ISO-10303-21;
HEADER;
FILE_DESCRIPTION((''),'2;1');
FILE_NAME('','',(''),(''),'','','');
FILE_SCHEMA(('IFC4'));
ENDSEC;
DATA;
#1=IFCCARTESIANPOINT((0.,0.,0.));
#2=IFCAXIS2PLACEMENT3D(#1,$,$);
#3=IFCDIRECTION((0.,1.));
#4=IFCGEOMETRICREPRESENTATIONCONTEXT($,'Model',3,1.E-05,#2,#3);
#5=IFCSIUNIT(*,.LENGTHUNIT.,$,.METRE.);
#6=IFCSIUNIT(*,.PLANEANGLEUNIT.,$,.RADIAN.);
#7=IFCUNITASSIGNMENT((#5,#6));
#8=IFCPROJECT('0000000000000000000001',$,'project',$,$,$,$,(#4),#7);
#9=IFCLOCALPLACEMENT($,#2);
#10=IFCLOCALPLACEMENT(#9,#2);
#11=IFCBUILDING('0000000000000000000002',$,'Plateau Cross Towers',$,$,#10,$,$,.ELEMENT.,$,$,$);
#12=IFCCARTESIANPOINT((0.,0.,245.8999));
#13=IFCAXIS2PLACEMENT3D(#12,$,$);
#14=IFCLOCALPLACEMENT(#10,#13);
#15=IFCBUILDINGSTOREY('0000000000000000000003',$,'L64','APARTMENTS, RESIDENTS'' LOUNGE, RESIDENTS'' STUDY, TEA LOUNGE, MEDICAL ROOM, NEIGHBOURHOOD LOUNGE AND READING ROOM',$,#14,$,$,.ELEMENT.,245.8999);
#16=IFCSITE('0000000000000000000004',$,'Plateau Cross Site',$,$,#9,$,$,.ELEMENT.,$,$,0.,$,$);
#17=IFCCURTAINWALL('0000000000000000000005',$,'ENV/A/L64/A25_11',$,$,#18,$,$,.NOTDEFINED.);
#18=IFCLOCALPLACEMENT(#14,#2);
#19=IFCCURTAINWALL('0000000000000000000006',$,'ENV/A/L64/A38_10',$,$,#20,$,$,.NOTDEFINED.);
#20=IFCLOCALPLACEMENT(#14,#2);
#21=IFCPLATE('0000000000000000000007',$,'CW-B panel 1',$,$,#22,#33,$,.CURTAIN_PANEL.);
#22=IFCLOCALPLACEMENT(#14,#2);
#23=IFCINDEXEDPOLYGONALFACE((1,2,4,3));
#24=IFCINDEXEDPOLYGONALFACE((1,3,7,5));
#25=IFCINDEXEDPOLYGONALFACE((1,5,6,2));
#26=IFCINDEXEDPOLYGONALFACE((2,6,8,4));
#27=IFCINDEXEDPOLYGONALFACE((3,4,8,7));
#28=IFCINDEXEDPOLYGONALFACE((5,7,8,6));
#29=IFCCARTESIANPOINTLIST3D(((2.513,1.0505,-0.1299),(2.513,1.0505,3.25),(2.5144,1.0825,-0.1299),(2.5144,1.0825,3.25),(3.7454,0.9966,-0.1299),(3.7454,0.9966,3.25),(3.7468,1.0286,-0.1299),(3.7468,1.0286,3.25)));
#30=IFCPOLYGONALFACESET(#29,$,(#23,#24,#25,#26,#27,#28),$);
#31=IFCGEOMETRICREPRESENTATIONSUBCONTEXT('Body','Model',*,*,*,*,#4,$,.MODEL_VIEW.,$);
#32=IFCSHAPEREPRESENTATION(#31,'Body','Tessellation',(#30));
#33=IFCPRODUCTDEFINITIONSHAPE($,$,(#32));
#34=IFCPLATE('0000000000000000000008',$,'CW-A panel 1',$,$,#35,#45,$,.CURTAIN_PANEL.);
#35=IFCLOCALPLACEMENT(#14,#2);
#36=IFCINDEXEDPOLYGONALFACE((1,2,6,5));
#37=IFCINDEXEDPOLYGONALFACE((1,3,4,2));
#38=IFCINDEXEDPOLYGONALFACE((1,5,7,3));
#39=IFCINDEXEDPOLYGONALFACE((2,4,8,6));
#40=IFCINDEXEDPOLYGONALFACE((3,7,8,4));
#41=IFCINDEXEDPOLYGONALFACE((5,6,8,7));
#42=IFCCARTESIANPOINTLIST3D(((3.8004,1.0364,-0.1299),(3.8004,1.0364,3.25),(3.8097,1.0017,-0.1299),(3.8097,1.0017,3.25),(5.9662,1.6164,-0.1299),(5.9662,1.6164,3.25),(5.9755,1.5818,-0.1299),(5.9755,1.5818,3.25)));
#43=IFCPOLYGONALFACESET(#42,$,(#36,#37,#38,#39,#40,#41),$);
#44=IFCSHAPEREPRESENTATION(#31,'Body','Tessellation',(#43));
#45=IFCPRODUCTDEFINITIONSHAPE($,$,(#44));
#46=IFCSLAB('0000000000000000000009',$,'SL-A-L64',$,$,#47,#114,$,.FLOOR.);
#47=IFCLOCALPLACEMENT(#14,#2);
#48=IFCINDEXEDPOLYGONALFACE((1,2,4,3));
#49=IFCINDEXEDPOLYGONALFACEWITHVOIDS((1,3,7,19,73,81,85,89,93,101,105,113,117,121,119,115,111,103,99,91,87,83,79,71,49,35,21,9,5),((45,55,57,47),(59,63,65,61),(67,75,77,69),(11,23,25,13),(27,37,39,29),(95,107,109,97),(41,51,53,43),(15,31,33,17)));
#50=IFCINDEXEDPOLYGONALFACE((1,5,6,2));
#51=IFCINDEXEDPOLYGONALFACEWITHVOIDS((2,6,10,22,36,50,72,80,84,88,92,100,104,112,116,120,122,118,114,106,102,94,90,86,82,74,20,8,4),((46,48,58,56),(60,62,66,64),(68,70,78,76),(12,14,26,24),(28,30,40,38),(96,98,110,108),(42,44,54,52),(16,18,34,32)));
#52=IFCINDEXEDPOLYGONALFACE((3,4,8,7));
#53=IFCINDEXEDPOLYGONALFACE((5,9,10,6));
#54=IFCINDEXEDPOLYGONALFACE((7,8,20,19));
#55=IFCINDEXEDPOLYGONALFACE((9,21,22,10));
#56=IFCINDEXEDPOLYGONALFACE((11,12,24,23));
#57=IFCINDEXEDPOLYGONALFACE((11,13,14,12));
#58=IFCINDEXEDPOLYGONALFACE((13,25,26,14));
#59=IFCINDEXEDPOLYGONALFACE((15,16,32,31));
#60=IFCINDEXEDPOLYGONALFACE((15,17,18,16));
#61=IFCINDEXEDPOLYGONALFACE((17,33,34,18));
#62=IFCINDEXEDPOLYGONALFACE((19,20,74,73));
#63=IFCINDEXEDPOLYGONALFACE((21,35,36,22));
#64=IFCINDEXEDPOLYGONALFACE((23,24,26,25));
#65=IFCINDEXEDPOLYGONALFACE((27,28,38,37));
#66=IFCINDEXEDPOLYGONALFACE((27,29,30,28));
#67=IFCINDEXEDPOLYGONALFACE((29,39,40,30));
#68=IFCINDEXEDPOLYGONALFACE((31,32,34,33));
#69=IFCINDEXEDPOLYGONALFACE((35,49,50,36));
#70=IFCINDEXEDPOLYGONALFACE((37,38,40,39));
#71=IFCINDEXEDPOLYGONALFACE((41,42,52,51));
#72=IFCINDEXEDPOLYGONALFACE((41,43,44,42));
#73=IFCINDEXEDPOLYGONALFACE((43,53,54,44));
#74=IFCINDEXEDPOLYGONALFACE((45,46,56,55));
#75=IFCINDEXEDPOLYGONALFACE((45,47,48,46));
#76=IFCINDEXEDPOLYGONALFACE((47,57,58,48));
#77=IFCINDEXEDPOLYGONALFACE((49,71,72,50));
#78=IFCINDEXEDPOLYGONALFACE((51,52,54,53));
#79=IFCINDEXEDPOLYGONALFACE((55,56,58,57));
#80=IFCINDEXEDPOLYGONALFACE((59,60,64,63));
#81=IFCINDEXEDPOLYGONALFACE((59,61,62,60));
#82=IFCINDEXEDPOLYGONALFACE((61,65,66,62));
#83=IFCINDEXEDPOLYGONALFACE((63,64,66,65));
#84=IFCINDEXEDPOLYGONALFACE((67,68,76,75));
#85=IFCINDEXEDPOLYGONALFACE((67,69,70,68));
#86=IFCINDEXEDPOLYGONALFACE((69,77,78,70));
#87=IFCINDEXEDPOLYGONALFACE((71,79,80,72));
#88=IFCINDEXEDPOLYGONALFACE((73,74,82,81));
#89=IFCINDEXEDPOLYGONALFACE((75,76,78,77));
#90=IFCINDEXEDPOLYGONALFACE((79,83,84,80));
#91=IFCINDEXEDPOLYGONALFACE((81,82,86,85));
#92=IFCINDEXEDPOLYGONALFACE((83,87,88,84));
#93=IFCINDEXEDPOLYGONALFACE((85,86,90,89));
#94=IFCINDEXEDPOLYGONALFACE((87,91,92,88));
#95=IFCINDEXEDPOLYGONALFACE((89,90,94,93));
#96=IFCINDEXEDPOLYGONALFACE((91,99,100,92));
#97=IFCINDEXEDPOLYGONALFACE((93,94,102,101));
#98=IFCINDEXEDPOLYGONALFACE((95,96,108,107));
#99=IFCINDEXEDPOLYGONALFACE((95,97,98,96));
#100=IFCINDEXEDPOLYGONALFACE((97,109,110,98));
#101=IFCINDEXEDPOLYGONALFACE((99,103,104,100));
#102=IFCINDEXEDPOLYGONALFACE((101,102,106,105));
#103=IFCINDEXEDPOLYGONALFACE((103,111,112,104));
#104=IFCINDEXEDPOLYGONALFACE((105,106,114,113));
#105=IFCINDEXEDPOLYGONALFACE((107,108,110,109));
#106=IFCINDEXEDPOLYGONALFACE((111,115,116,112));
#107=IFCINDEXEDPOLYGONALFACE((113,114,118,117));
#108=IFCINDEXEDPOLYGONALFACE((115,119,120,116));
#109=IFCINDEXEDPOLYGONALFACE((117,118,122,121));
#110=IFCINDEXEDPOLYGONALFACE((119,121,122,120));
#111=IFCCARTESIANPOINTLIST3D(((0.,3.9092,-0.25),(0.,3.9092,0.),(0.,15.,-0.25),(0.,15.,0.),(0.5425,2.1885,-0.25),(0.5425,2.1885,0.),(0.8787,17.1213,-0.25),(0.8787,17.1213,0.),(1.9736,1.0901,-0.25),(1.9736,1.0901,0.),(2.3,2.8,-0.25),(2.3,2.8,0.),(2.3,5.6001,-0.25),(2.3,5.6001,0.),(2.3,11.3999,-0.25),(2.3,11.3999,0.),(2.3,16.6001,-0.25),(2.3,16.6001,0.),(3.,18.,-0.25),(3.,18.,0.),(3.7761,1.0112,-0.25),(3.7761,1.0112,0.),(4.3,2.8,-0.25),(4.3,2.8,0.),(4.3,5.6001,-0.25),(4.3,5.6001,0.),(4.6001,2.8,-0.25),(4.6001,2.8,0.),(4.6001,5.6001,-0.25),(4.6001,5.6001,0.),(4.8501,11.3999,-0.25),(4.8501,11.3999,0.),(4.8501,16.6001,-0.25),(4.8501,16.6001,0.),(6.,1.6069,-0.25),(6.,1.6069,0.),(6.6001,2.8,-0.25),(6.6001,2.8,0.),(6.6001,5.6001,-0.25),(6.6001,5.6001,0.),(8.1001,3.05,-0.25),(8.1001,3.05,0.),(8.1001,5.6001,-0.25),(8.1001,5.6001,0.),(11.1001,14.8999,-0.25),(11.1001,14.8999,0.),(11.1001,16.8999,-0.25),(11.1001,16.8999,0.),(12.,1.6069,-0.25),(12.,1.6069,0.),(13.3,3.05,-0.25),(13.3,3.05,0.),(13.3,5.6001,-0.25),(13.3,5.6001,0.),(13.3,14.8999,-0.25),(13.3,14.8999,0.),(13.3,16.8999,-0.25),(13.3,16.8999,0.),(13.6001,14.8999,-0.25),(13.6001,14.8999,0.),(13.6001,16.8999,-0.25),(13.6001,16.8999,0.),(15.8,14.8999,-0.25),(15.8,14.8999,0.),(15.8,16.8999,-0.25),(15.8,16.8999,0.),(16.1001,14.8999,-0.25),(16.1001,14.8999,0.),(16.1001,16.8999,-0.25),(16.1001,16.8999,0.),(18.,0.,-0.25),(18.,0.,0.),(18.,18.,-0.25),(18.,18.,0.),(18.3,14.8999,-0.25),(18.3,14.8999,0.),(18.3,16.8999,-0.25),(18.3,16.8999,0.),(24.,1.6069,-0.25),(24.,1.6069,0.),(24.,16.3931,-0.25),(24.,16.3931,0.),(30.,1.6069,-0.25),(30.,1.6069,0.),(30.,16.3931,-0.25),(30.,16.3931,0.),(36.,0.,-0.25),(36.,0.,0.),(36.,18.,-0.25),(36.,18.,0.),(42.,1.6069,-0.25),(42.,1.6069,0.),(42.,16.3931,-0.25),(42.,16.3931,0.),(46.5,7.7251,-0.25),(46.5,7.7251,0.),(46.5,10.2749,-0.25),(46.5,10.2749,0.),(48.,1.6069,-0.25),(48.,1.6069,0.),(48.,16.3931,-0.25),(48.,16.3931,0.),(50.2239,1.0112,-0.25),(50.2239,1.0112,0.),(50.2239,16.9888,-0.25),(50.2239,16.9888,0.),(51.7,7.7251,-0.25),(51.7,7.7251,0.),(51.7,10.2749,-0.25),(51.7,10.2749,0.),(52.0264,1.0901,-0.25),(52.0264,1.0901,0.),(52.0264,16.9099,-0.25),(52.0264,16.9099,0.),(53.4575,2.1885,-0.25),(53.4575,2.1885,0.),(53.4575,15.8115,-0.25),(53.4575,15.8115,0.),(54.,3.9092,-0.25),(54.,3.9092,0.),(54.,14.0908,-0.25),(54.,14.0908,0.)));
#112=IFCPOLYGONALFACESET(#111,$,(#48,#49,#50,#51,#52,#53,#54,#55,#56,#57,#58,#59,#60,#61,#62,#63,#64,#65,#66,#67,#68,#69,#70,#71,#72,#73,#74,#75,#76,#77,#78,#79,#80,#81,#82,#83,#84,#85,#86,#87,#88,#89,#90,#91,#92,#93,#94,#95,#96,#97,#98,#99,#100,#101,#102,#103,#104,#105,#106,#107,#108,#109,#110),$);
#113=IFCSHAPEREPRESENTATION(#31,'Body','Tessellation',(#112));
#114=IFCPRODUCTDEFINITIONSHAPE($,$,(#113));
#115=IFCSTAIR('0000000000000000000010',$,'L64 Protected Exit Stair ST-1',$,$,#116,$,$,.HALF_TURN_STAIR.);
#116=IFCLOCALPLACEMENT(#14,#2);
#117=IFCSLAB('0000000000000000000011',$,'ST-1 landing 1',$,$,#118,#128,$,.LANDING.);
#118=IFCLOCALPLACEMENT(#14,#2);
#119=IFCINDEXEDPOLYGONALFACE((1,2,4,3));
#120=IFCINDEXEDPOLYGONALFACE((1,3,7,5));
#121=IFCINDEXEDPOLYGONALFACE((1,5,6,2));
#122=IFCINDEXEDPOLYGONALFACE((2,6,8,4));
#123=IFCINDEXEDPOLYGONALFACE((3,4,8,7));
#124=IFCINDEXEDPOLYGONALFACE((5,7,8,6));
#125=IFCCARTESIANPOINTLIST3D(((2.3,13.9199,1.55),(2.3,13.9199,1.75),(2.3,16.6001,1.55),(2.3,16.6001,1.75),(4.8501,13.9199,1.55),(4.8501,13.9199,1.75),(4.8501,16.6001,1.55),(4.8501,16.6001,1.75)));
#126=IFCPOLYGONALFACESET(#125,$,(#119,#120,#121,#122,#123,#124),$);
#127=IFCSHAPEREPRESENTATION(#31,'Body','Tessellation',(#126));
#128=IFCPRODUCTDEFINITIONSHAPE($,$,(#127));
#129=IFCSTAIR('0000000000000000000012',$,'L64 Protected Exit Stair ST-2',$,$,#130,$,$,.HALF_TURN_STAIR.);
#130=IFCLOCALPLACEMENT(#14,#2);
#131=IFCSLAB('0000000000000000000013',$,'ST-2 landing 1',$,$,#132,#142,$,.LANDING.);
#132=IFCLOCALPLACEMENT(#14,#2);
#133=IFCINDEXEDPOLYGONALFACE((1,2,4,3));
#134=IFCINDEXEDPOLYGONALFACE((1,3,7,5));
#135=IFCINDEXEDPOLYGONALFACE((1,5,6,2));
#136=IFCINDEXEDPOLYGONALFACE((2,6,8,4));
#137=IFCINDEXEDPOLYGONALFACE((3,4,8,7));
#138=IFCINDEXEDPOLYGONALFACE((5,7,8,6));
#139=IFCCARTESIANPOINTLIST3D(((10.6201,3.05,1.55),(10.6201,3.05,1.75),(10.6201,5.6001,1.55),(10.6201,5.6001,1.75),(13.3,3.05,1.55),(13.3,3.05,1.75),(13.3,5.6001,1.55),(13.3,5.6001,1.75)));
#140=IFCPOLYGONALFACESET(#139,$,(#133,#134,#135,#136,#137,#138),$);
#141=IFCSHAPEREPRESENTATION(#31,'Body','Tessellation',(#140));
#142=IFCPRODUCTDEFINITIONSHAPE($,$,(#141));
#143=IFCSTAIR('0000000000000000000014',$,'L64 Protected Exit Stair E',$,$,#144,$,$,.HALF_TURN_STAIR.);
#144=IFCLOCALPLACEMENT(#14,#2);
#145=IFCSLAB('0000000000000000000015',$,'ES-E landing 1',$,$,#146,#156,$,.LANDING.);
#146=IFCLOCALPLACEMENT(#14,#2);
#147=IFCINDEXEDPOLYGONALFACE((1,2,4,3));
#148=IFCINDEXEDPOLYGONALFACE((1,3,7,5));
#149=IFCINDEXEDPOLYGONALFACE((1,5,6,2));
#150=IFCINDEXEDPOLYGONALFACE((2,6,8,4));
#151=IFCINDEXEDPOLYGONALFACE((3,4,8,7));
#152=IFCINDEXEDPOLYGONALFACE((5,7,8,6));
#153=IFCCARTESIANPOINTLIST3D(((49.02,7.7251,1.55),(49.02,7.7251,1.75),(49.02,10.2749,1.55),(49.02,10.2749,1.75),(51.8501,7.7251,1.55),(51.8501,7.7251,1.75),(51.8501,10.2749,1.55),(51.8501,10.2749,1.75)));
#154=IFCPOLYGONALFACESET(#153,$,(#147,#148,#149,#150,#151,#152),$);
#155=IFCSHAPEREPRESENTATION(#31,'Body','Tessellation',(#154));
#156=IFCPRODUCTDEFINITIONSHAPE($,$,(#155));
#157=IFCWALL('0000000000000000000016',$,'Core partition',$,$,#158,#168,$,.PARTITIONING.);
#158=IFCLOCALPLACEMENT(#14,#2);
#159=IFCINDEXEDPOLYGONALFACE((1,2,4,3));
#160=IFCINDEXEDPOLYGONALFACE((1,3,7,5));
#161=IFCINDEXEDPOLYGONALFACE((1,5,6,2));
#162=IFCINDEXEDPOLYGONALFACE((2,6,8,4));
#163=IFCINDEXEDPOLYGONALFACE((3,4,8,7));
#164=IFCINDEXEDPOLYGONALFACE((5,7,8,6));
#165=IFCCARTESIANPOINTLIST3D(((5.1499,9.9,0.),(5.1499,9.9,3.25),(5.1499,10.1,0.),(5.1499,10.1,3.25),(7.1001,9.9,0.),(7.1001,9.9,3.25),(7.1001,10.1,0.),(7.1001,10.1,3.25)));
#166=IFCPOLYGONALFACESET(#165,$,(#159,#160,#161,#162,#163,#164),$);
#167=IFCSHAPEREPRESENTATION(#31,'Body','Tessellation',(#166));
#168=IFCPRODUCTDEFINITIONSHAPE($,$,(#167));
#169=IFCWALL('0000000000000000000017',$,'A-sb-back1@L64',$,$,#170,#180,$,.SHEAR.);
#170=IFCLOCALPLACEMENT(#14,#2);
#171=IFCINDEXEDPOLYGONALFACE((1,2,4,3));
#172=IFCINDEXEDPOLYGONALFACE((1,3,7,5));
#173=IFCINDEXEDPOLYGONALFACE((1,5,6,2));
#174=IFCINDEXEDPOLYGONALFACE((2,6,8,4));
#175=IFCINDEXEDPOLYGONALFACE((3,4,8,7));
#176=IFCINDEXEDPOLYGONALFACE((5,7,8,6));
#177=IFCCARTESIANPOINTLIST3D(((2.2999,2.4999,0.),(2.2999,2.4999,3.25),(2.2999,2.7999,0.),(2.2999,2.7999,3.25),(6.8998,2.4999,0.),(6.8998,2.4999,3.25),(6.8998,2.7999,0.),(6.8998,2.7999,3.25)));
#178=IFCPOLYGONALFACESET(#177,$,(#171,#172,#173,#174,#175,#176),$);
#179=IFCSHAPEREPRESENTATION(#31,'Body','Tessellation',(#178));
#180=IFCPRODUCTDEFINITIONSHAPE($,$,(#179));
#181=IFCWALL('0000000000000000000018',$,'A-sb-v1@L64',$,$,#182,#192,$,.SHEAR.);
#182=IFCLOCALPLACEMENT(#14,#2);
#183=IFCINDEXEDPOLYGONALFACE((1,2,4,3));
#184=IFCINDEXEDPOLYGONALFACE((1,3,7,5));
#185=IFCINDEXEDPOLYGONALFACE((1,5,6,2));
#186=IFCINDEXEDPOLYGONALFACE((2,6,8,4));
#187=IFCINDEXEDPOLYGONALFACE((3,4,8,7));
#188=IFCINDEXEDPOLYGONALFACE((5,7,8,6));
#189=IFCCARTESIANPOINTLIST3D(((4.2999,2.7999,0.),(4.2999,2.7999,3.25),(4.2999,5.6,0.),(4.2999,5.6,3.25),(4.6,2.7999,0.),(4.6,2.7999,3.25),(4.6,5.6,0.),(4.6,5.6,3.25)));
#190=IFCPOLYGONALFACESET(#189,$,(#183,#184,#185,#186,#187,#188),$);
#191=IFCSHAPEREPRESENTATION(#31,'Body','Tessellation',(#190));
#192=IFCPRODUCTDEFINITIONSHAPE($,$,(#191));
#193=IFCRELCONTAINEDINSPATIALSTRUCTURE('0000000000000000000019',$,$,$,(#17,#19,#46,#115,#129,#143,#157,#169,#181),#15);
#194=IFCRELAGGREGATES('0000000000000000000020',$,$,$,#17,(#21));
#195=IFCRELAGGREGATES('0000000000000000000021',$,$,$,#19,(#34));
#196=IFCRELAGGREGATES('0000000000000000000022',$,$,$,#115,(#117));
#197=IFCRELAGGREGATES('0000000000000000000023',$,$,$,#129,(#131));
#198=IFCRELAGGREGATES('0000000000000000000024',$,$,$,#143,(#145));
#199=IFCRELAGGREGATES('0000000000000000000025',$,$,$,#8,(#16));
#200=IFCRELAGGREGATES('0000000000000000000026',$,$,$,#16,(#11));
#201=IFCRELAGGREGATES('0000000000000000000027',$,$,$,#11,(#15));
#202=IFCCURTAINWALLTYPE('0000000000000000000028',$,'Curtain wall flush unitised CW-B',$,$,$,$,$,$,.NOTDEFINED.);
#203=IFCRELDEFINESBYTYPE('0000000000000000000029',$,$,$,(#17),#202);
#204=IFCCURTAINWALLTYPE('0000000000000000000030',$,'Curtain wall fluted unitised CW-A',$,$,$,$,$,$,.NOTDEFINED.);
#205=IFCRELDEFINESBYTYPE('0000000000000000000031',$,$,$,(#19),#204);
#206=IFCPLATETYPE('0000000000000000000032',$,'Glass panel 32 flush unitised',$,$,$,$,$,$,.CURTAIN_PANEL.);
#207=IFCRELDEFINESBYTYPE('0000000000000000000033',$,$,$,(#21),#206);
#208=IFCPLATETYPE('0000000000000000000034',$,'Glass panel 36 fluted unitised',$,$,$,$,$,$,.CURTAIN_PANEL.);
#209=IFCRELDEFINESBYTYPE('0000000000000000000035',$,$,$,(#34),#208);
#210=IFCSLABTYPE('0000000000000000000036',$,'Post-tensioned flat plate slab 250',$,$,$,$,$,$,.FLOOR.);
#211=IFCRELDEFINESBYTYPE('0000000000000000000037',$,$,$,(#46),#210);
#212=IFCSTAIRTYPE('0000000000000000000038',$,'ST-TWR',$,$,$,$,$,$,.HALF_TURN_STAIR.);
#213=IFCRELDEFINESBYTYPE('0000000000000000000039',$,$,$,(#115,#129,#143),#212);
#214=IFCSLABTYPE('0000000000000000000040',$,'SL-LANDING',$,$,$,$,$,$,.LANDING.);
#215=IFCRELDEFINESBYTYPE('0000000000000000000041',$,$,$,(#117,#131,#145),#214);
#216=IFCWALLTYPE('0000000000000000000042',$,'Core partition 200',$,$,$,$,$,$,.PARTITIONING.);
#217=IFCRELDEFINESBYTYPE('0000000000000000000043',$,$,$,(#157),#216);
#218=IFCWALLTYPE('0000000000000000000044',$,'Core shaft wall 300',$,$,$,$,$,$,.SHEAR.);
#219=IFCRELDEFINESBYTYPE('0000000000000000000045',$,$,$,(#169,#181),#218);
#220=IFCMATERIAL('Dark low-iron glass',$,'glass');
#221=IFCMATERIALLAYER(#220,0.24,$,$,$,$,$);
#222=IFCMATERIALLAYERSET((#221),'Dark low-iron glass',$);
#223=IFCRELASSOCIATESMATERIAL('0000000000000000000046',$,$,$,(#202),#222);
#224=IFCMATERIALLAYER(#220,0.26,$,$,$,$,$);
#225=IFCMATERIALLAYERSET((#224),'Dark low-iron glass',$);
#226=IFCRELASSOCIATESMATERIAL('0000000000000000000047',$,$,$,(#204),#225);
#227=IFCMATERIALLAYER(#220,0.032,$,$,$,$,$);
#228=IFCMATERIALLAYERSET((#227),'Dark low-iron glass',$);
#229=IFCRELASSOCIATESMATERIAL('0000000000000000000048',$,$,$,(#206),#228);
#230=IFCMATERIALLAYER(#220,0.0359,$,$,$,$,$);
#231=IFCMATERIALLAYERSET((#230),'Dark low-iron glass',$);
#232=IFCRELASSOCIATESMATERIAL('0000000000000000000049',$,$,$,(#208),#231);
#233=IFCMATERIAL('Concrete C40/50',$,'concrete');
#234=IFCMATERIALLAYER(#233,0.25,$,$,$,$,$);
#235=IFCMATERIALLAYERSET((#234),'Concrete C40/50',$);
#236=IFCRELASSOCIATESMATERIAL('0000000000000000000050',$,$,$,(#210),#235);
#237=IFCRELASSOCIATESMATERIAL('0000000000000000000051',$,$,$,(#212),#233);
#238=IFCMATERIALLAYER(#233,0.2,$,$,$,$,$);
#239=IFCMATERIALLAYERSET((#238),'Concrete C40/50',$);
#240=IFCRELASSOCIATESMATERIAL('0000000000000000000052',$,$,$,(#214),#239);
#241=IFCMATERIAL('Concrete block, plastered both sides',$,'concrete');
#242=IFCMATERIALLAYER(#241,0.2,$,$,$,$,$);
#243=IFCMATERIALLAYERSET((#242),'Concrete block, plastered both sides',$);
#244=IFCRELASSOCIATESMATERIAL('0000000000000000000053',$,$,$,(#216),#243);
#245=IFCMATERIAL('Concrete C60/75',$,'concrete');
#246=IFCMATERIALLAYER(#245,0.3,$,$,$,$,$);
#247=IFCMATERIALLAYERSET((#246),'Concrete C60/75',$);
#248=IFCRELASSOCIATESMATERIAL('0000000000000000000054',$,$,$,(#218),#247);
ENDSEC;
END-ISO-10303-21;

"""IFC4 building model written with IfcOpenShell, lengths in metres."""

from ifc_helpers import new_model, si_unit, direction, frame, frame_2d, origin, origin_2d, place, context, subcontext, project, spatial, polyline, rectangle, outline, extrude, material, layer, layer_set, type_object, element, aggregate, save


model = new_model("IFC4")

# Units and contexts
model_context = context("Model", 3, precision=1e-05, world=origin(), true_north=direction((0.0, 1.0)))
body_context = subcontext(model_context, "Body", "Model", "MODEL_VIEW")
ifc_project = project(units=[si_unit("LENGTHUNIT", "METRE"), si_unit("PLANEANGLEUNIT", "RADIAN")], contexts=[model_context])

# Site, building, storey
site_placement = place(None, origin())
site = spatial("IfcSite", under=ifc_project, at=site_placement, Name="Plateau Cross Site", CompositionType="ELEMENT", RefElevation=0.0)
building_placement = place(site_placement, origin())
building = spatial("IfcBuilding", under=site, at=building_placement, Name="Plateau Cross Towers", CompositionType="ELEMENT")
storey_placement = place(building_placement, frame((0.0, 0.0, 245.8999)))
storey = spatial("IfcBuildingStorey", under=building, at=storey_placement, Name="L64", Description="APARTMENTS, RESIDENTS' LOUNGE, RESIDENTS' STUDY, TEA LOUNGE, MEDICAL ROOM, NEIGHBOURHOOD LOUNGE AND READING ROOM", CompositionType="ELEMENT", Elevation=245.8999)

# Shared definitions
ifc_material_1 = material(Name="Concrete C60/75", Category="concrete")

# Shared definitions
ifc_material_2 = material(Name="Dark low-iron glass", Category="glass")
ifc_layer_1 = layer(ifc_material_2, 0.24)
ifc_layer_set_1 = layer_set([ifc_layer_1], Name="Dark low-iron glass")
curtain_wall_type_1 = type_object("IfcCurtainWallType", Name="Curtain wall flush unitised CW-B", PredefinedType="NOTDEFINED", material=ifc_layer_set_1)

# Curtain walls
curtain_wall_1_placement = place(storey_placement, origin())
curtain_wall_1 = element("IfcCurtainWall", 1, at=curtain_wall_1_placement, inside=storey, type_object=curtain_wall_type_1, Name="ENV/A/L64/A25_11", PredefinedType="NOTDEFINED")
ifc_layer_2 = layer(ifc_material_2, 0.26)
ifc_layer_set_2 = layer_set([ifc_layer_2], Name="Dark low-iron glass")
curtain_wall_type_2 = type_object("IfcCurtainWallType", Name="Curtain wall fluted unitised CW-A", PredefinedType="NOTDEFINED", material=ifc_layer_set_2)
curtain_wall_2_placement = place(storey_placement, origin())
curtain_wall_2 = element("IfcCurtainWall", 2, at=curtain_wall_2_placement, inside=storey, type_object=curtain_wall_type_2, Name="ENV/A/L64/A38_10", PredefinedType="NOTDEFINED")

# Plates
ifc_layer_3 = layer(ifc_material_2, 0.032)
ifc_layer_set_3 = layer_set([ifc_layer_3], Name="Dark low-iron glass")
plate_type_1 = type_object("IfcPlateType", Name="Glass panel 32 flush unitised", PredefinedType="CURTAIN_PANEL", material=ifc_layer_set_3)
plate_1_placement = place(storey_placement, frame((3.1299, 1.0396, -0.1299), z_axis=(0.0, 0.0, 1.0), x_axis=(0.999044, -0.043723, 0.0)))
plate_1 = element("IfcPlate", 3, at=plate_1_placement, type_object=plate_type_1, Name="CW-B panel 1", PredefinedType="CURTAIN_PANEL", context=body_context, shape_type="SweptSolid", body=[
    extrude(rectangle(XDim=1.2336, YDim=0.032, at=origin_2d()), origin(), (0.0, 0.0, 1.0), 3.3799),
])
aggregate(curtain_wall_1, [plate_1])
ifc_layer_4 = layer(ifc_material_2, 0.0359)
ifc_layer_set_4 = layer_set([ifc_layer_4], Name="Dark low-iron glass")
plate_type_2 = type_object("IfcPlateType", Name="Glass panel 36 fluted unitised", PredefinedType="CURTAIN_PANEL", material=ifc_layer_set_4)
plate_2_placement = place(storey_placement, frame((4.8879, 1.3091, -0.1299), z_axis=(0.0, 0.0, 1.0), x_axis=(0.965958, 0.258699, 0.0)))
plate_2 = element("IfcPlate", 4, at=plate_2_placement, type_object=plate_type_2, Name="CW-A panel 1", PredefinedType="CURTAIN_PANEL", context=body_context, shape_type="SweptSolid", body=[
    extrude(rectangle(XDim=2.2422, YDim=0.0359, at=origin_2d()), origin(), (0.0, 0.0, 1.0), 3.3799),
])
aggregate(curtain_wall_2, [plate_2])

# Slab
ifc_material_3 = material(Name="Concrete C40/50", Category="concrete")
ifc_layer_5 = layer(ifc_material_3, 0.25)
ifc_layer_set_5 = layer_set([ifc_layer_5], Name="Concrete C40/50")
slab_type_1 = type_object("IfcSlabType", Name="Post-tensioned flat plate slab 250", PredefinedType="FLOOR", material=ifc_layer_set_5)
slab_1_placement = place(storey_placement, frame((0.0, 0.0, -0.25)))
element("IfcSlab", 5, at=slab_1_placement, inside=storey, type_object=slab_type_1, Name="SL-A-L64", PredefinedType="FLOOR", context=body_context, shape_type="SweptSolid", body=[
    extrude(outline(polyline([(1.9736, 1.0901), (0.5425, 2.1885), (0.0, 3.9092), (0.0, 15.0), (0.8787, 17.1213), (3.0, 18.0), (18.0, 18.0), (24.0, 16.3931), (30.0, 16.3931), (36.0, 18.0), (42.0, 16.3931), (48.0, 16.3931), (50.2239, 16.9888), (52.0264, 16.9099), (53.4575, 15.8115), (54.0, 14.0908), (54.0, 3.9092), (53.4575, 2.1885), (52.0264, 1.0901), (50.2239, 1.0112), (48.0, 1.6069), (42.0, 1.6069), (36.0, 0.0), (30.0, 1.6069), (24.0, 1.6069), (18.0, 0.0), (12.0, 1.6069), (6.0, 1.6069), (3.7761, 1.0112), (1.9736, 1.0901)]), holes=[polyline([(4.3, 5.6001), (2.3, 5.6001), (2.3, 2.8), (4.3, 2.8), (4.3, 5.6001)]), polyline([(6.6001, 5.6001), (4.6001, 5.6001), (4.6001, 2.8), (6.6001, 2.8), (6.6001, 5.6001)]), polyline([(13.3, 5.6001), (8.1001, 5.6001), (8.1001, 3.05), (13.3, 3.05), (13.3, 5.6001)]), polyline([(51.7, 10.2749), (46.5, 10.2749), (46.5, 7.7251), (51.7, 7.7251), (51.7, 10.2749)]), polyline([(2.3, 16.6001), (2.3, 11.3999), (4.8501, 11.3999), (4.8501, 16.6001), (2.3, 16.6001)]), polyline([(13.3, 16.8999), (11.1001, 16.8999), (11.1001, 14.8999), (13.3, 14.8999), (13.3, 16.8999)]), polyline([(15.8, 16.8999), (13.6001, 16.8999), (13.6001, 14.8999), (15.8, 14.8999), (15.8, 16.8999)]), polyline([(18.3, 16.8999), (16.1001, 16.8999), (16.1001, 14.8999), (18.3, 14.8999), (18.3, 16.8999)])]), origin(), (0.0, 0.0, 1.0), 0.25),
])

# Stairs, slabs
stair_type = type_object("IfcStairType", Name="ST-TWR", PredefinedType="HALF_TURN_STAIR", material=ifc_material_3)
stair_1_placement = place(storey_placement, origin())
stair_1 = element("IfcStair", 6, at=stair_1_placement, inside=storey, type_object=stair_type, Name="L64 Protected Exit Stair ST-1", PredefinedType="HALF_TURN_STAIR")
ifc_layer_6 = layer(ifc_material_3, 0.2)
ifc_layer_set_6 = layer_set([ifc_layer_6], Name="Concrete C40/50")
slab_type_2 = type_object("IfcSlabType", Name="SL-LANDING", PredefinedType="LANDING", material=ifc_layer_set_6)
slab_2_placement = place(storey_placement, frame((0.0, 0.0, 1.55)))
slab_2 = element("IfcSlab", 7, at=slab_2_placement, type_object=slab_type_2, Name="ST-1 landing 1", PredefinedType="LANDING", context=body_context, shape_type="SweptSolid", body=[
    extrude(outline(polyline([(4.8501, 13.9199), (4.8501, 16.6001), (2.3, 16.6001), (2.3, 13.9199), (4.8501, 13.9199)])), origin(), (0.0, 0.0, 1.0), 0.2),
])
aggregate(stair_1, [slab_2])
stair_2_placement = place(storey_placement, origin())
stair_2 = element("IfcStair", 8, at=stair_2_placement, inside=storey, type_object=stair_type, Name="L64 Protected Exit Stair ST-2", PredefinedType="HALF_TURN_STAIR")
slab_3_placement = place(storey_placement, frame((0.0, 0.0, 1.55)))
slab_3 = element("IfcSlab", 9, at=slab_3_placement, type_object=slab_type_2, Name="ST-2 landing 1", PredefinedType="LANDING", context=body_context, shape_type="SweptSolid", body=[
    extrude(outline(polyline([(10.6201, 3.05), (13.3, 3.05), (13.3, 5.6001), (10.6201, 5.6001), (10.6201, 3.05)])), origin(), (0.0, 0.0, 1.0), 0.2),
])
aggregate(stair_2, [slab_3])
stair_3_placement = place(storey_placement, origin())
stair_3 = element("IfcStair", 10, at=stair_3_placement, inside=storey, type_object=stair_type, Name="L64 Protected Exit Stair E", PredefinedType="HALF_TURN_STAIR")
slab_4_placement = place(storey_placement, frame((0.0, 0.0, 1.55)))
slab_4 = element("IfcSlab", 11, at=slab_4_placement, type_object=slab_type_2, Name="ES-E landing 1", PredefinedType="LANDING", context=body_context, shape_type="SweptSolid", body=[
    extrude(outline(polyline([(49.02, 7.7251), (51.8501, 7.7251), (51.8501, 10.2749), (49.02, 10.2749), (49.02, 7.7251)])), origin(), (0.0, 0.0, 1.0), 0.2),
])
aggregate(stair_3, [slab_4])

# Walls
ifc_material_4 = material(Name="Concrete block, plastered both sides", Category="concrete")
ifc_layer_7 = layer(ifc_material_4, 0.2)
ifc_layer_set_7 = layer_set([ifc_layer_7], Name="Concrete block, plastered both sides")
wall_type_1 = type_object("IfcWallType", Name="Core partition 200", PredefinedType="PARTITIONING", material=ifc_layer_set_7)
wall_1_placement = place(storey_placement, frame((5.1499, 10.0, 0.0), z_axis=(0.0, 0.0, 1.0), x_axis=(1.0, 0.0, 0.0)))
element("IfcWall", 12, at=wall_1_placement, inside=storey, type_object=wall_type_1, Name="Core partition", PredefinedType="PARTITIONING", context=body_context, shape_type="SweptSolid", body=[
    extrude(rectangle(XDim=1.9502, YDim=0.2, at=frame_2d((0.9751, 0.0))), origin(), (0.0, 0.0, 1.0), 3.25),
])
ifc_layer_8 = layer(ifc_material_1, 0.3)
ifc_layer_set_8 = layer_set([ifc_layer_8], Name="Concrete C60/75")
wall_type_2 = type_object("IfcWallType", Name="Core shaft wall 300", PredefinedType="SHEAR", material=ifc_layer_set_8)
wall_2_placement = place(storey_placement, frame((2.3, 2.6499, 0.0), z_axis=(0.0, 0.0, 1.0), x_axis=(1.0, 0.0, 0.0)))
element("IfcWall", 13, at=wall_2_placement, inside=storey, type_object=wall_type_2, Name="A-sb-back1@L64", PredefinedType="SHEAR", context=body_context, shape_type="SweptSolid", body=[
    extrude(rectangle(XDim=4.5999, YDim=0.3, at=frame_2d((2.2998, 0.0))), origin(), (0.0, 0.0, 1.0), 3.25),
])
wall_3_placement = place(storey_placement, frame((4.45, 2.8, 0.0), z_axis=(0.0, 0.0, 1.0), x_axis=(0.0, 1.0, 0.0)))
element("IfcWall", 14, at=wall_3_placement, inside=storey, type_object=wall_type_2, Name="A-sb-v1@L64", PredefinedType="SHEAR", context=body_context, shape_type="SweptSolid", body=[
    extrude(rectangle(XDim=2.8, YDim=0.3, at=frame_2d((1.3999, 0.0))), origin(), (0.0, 0.0, 1.0), 3.25),
])

save(model, "model.ifc")
